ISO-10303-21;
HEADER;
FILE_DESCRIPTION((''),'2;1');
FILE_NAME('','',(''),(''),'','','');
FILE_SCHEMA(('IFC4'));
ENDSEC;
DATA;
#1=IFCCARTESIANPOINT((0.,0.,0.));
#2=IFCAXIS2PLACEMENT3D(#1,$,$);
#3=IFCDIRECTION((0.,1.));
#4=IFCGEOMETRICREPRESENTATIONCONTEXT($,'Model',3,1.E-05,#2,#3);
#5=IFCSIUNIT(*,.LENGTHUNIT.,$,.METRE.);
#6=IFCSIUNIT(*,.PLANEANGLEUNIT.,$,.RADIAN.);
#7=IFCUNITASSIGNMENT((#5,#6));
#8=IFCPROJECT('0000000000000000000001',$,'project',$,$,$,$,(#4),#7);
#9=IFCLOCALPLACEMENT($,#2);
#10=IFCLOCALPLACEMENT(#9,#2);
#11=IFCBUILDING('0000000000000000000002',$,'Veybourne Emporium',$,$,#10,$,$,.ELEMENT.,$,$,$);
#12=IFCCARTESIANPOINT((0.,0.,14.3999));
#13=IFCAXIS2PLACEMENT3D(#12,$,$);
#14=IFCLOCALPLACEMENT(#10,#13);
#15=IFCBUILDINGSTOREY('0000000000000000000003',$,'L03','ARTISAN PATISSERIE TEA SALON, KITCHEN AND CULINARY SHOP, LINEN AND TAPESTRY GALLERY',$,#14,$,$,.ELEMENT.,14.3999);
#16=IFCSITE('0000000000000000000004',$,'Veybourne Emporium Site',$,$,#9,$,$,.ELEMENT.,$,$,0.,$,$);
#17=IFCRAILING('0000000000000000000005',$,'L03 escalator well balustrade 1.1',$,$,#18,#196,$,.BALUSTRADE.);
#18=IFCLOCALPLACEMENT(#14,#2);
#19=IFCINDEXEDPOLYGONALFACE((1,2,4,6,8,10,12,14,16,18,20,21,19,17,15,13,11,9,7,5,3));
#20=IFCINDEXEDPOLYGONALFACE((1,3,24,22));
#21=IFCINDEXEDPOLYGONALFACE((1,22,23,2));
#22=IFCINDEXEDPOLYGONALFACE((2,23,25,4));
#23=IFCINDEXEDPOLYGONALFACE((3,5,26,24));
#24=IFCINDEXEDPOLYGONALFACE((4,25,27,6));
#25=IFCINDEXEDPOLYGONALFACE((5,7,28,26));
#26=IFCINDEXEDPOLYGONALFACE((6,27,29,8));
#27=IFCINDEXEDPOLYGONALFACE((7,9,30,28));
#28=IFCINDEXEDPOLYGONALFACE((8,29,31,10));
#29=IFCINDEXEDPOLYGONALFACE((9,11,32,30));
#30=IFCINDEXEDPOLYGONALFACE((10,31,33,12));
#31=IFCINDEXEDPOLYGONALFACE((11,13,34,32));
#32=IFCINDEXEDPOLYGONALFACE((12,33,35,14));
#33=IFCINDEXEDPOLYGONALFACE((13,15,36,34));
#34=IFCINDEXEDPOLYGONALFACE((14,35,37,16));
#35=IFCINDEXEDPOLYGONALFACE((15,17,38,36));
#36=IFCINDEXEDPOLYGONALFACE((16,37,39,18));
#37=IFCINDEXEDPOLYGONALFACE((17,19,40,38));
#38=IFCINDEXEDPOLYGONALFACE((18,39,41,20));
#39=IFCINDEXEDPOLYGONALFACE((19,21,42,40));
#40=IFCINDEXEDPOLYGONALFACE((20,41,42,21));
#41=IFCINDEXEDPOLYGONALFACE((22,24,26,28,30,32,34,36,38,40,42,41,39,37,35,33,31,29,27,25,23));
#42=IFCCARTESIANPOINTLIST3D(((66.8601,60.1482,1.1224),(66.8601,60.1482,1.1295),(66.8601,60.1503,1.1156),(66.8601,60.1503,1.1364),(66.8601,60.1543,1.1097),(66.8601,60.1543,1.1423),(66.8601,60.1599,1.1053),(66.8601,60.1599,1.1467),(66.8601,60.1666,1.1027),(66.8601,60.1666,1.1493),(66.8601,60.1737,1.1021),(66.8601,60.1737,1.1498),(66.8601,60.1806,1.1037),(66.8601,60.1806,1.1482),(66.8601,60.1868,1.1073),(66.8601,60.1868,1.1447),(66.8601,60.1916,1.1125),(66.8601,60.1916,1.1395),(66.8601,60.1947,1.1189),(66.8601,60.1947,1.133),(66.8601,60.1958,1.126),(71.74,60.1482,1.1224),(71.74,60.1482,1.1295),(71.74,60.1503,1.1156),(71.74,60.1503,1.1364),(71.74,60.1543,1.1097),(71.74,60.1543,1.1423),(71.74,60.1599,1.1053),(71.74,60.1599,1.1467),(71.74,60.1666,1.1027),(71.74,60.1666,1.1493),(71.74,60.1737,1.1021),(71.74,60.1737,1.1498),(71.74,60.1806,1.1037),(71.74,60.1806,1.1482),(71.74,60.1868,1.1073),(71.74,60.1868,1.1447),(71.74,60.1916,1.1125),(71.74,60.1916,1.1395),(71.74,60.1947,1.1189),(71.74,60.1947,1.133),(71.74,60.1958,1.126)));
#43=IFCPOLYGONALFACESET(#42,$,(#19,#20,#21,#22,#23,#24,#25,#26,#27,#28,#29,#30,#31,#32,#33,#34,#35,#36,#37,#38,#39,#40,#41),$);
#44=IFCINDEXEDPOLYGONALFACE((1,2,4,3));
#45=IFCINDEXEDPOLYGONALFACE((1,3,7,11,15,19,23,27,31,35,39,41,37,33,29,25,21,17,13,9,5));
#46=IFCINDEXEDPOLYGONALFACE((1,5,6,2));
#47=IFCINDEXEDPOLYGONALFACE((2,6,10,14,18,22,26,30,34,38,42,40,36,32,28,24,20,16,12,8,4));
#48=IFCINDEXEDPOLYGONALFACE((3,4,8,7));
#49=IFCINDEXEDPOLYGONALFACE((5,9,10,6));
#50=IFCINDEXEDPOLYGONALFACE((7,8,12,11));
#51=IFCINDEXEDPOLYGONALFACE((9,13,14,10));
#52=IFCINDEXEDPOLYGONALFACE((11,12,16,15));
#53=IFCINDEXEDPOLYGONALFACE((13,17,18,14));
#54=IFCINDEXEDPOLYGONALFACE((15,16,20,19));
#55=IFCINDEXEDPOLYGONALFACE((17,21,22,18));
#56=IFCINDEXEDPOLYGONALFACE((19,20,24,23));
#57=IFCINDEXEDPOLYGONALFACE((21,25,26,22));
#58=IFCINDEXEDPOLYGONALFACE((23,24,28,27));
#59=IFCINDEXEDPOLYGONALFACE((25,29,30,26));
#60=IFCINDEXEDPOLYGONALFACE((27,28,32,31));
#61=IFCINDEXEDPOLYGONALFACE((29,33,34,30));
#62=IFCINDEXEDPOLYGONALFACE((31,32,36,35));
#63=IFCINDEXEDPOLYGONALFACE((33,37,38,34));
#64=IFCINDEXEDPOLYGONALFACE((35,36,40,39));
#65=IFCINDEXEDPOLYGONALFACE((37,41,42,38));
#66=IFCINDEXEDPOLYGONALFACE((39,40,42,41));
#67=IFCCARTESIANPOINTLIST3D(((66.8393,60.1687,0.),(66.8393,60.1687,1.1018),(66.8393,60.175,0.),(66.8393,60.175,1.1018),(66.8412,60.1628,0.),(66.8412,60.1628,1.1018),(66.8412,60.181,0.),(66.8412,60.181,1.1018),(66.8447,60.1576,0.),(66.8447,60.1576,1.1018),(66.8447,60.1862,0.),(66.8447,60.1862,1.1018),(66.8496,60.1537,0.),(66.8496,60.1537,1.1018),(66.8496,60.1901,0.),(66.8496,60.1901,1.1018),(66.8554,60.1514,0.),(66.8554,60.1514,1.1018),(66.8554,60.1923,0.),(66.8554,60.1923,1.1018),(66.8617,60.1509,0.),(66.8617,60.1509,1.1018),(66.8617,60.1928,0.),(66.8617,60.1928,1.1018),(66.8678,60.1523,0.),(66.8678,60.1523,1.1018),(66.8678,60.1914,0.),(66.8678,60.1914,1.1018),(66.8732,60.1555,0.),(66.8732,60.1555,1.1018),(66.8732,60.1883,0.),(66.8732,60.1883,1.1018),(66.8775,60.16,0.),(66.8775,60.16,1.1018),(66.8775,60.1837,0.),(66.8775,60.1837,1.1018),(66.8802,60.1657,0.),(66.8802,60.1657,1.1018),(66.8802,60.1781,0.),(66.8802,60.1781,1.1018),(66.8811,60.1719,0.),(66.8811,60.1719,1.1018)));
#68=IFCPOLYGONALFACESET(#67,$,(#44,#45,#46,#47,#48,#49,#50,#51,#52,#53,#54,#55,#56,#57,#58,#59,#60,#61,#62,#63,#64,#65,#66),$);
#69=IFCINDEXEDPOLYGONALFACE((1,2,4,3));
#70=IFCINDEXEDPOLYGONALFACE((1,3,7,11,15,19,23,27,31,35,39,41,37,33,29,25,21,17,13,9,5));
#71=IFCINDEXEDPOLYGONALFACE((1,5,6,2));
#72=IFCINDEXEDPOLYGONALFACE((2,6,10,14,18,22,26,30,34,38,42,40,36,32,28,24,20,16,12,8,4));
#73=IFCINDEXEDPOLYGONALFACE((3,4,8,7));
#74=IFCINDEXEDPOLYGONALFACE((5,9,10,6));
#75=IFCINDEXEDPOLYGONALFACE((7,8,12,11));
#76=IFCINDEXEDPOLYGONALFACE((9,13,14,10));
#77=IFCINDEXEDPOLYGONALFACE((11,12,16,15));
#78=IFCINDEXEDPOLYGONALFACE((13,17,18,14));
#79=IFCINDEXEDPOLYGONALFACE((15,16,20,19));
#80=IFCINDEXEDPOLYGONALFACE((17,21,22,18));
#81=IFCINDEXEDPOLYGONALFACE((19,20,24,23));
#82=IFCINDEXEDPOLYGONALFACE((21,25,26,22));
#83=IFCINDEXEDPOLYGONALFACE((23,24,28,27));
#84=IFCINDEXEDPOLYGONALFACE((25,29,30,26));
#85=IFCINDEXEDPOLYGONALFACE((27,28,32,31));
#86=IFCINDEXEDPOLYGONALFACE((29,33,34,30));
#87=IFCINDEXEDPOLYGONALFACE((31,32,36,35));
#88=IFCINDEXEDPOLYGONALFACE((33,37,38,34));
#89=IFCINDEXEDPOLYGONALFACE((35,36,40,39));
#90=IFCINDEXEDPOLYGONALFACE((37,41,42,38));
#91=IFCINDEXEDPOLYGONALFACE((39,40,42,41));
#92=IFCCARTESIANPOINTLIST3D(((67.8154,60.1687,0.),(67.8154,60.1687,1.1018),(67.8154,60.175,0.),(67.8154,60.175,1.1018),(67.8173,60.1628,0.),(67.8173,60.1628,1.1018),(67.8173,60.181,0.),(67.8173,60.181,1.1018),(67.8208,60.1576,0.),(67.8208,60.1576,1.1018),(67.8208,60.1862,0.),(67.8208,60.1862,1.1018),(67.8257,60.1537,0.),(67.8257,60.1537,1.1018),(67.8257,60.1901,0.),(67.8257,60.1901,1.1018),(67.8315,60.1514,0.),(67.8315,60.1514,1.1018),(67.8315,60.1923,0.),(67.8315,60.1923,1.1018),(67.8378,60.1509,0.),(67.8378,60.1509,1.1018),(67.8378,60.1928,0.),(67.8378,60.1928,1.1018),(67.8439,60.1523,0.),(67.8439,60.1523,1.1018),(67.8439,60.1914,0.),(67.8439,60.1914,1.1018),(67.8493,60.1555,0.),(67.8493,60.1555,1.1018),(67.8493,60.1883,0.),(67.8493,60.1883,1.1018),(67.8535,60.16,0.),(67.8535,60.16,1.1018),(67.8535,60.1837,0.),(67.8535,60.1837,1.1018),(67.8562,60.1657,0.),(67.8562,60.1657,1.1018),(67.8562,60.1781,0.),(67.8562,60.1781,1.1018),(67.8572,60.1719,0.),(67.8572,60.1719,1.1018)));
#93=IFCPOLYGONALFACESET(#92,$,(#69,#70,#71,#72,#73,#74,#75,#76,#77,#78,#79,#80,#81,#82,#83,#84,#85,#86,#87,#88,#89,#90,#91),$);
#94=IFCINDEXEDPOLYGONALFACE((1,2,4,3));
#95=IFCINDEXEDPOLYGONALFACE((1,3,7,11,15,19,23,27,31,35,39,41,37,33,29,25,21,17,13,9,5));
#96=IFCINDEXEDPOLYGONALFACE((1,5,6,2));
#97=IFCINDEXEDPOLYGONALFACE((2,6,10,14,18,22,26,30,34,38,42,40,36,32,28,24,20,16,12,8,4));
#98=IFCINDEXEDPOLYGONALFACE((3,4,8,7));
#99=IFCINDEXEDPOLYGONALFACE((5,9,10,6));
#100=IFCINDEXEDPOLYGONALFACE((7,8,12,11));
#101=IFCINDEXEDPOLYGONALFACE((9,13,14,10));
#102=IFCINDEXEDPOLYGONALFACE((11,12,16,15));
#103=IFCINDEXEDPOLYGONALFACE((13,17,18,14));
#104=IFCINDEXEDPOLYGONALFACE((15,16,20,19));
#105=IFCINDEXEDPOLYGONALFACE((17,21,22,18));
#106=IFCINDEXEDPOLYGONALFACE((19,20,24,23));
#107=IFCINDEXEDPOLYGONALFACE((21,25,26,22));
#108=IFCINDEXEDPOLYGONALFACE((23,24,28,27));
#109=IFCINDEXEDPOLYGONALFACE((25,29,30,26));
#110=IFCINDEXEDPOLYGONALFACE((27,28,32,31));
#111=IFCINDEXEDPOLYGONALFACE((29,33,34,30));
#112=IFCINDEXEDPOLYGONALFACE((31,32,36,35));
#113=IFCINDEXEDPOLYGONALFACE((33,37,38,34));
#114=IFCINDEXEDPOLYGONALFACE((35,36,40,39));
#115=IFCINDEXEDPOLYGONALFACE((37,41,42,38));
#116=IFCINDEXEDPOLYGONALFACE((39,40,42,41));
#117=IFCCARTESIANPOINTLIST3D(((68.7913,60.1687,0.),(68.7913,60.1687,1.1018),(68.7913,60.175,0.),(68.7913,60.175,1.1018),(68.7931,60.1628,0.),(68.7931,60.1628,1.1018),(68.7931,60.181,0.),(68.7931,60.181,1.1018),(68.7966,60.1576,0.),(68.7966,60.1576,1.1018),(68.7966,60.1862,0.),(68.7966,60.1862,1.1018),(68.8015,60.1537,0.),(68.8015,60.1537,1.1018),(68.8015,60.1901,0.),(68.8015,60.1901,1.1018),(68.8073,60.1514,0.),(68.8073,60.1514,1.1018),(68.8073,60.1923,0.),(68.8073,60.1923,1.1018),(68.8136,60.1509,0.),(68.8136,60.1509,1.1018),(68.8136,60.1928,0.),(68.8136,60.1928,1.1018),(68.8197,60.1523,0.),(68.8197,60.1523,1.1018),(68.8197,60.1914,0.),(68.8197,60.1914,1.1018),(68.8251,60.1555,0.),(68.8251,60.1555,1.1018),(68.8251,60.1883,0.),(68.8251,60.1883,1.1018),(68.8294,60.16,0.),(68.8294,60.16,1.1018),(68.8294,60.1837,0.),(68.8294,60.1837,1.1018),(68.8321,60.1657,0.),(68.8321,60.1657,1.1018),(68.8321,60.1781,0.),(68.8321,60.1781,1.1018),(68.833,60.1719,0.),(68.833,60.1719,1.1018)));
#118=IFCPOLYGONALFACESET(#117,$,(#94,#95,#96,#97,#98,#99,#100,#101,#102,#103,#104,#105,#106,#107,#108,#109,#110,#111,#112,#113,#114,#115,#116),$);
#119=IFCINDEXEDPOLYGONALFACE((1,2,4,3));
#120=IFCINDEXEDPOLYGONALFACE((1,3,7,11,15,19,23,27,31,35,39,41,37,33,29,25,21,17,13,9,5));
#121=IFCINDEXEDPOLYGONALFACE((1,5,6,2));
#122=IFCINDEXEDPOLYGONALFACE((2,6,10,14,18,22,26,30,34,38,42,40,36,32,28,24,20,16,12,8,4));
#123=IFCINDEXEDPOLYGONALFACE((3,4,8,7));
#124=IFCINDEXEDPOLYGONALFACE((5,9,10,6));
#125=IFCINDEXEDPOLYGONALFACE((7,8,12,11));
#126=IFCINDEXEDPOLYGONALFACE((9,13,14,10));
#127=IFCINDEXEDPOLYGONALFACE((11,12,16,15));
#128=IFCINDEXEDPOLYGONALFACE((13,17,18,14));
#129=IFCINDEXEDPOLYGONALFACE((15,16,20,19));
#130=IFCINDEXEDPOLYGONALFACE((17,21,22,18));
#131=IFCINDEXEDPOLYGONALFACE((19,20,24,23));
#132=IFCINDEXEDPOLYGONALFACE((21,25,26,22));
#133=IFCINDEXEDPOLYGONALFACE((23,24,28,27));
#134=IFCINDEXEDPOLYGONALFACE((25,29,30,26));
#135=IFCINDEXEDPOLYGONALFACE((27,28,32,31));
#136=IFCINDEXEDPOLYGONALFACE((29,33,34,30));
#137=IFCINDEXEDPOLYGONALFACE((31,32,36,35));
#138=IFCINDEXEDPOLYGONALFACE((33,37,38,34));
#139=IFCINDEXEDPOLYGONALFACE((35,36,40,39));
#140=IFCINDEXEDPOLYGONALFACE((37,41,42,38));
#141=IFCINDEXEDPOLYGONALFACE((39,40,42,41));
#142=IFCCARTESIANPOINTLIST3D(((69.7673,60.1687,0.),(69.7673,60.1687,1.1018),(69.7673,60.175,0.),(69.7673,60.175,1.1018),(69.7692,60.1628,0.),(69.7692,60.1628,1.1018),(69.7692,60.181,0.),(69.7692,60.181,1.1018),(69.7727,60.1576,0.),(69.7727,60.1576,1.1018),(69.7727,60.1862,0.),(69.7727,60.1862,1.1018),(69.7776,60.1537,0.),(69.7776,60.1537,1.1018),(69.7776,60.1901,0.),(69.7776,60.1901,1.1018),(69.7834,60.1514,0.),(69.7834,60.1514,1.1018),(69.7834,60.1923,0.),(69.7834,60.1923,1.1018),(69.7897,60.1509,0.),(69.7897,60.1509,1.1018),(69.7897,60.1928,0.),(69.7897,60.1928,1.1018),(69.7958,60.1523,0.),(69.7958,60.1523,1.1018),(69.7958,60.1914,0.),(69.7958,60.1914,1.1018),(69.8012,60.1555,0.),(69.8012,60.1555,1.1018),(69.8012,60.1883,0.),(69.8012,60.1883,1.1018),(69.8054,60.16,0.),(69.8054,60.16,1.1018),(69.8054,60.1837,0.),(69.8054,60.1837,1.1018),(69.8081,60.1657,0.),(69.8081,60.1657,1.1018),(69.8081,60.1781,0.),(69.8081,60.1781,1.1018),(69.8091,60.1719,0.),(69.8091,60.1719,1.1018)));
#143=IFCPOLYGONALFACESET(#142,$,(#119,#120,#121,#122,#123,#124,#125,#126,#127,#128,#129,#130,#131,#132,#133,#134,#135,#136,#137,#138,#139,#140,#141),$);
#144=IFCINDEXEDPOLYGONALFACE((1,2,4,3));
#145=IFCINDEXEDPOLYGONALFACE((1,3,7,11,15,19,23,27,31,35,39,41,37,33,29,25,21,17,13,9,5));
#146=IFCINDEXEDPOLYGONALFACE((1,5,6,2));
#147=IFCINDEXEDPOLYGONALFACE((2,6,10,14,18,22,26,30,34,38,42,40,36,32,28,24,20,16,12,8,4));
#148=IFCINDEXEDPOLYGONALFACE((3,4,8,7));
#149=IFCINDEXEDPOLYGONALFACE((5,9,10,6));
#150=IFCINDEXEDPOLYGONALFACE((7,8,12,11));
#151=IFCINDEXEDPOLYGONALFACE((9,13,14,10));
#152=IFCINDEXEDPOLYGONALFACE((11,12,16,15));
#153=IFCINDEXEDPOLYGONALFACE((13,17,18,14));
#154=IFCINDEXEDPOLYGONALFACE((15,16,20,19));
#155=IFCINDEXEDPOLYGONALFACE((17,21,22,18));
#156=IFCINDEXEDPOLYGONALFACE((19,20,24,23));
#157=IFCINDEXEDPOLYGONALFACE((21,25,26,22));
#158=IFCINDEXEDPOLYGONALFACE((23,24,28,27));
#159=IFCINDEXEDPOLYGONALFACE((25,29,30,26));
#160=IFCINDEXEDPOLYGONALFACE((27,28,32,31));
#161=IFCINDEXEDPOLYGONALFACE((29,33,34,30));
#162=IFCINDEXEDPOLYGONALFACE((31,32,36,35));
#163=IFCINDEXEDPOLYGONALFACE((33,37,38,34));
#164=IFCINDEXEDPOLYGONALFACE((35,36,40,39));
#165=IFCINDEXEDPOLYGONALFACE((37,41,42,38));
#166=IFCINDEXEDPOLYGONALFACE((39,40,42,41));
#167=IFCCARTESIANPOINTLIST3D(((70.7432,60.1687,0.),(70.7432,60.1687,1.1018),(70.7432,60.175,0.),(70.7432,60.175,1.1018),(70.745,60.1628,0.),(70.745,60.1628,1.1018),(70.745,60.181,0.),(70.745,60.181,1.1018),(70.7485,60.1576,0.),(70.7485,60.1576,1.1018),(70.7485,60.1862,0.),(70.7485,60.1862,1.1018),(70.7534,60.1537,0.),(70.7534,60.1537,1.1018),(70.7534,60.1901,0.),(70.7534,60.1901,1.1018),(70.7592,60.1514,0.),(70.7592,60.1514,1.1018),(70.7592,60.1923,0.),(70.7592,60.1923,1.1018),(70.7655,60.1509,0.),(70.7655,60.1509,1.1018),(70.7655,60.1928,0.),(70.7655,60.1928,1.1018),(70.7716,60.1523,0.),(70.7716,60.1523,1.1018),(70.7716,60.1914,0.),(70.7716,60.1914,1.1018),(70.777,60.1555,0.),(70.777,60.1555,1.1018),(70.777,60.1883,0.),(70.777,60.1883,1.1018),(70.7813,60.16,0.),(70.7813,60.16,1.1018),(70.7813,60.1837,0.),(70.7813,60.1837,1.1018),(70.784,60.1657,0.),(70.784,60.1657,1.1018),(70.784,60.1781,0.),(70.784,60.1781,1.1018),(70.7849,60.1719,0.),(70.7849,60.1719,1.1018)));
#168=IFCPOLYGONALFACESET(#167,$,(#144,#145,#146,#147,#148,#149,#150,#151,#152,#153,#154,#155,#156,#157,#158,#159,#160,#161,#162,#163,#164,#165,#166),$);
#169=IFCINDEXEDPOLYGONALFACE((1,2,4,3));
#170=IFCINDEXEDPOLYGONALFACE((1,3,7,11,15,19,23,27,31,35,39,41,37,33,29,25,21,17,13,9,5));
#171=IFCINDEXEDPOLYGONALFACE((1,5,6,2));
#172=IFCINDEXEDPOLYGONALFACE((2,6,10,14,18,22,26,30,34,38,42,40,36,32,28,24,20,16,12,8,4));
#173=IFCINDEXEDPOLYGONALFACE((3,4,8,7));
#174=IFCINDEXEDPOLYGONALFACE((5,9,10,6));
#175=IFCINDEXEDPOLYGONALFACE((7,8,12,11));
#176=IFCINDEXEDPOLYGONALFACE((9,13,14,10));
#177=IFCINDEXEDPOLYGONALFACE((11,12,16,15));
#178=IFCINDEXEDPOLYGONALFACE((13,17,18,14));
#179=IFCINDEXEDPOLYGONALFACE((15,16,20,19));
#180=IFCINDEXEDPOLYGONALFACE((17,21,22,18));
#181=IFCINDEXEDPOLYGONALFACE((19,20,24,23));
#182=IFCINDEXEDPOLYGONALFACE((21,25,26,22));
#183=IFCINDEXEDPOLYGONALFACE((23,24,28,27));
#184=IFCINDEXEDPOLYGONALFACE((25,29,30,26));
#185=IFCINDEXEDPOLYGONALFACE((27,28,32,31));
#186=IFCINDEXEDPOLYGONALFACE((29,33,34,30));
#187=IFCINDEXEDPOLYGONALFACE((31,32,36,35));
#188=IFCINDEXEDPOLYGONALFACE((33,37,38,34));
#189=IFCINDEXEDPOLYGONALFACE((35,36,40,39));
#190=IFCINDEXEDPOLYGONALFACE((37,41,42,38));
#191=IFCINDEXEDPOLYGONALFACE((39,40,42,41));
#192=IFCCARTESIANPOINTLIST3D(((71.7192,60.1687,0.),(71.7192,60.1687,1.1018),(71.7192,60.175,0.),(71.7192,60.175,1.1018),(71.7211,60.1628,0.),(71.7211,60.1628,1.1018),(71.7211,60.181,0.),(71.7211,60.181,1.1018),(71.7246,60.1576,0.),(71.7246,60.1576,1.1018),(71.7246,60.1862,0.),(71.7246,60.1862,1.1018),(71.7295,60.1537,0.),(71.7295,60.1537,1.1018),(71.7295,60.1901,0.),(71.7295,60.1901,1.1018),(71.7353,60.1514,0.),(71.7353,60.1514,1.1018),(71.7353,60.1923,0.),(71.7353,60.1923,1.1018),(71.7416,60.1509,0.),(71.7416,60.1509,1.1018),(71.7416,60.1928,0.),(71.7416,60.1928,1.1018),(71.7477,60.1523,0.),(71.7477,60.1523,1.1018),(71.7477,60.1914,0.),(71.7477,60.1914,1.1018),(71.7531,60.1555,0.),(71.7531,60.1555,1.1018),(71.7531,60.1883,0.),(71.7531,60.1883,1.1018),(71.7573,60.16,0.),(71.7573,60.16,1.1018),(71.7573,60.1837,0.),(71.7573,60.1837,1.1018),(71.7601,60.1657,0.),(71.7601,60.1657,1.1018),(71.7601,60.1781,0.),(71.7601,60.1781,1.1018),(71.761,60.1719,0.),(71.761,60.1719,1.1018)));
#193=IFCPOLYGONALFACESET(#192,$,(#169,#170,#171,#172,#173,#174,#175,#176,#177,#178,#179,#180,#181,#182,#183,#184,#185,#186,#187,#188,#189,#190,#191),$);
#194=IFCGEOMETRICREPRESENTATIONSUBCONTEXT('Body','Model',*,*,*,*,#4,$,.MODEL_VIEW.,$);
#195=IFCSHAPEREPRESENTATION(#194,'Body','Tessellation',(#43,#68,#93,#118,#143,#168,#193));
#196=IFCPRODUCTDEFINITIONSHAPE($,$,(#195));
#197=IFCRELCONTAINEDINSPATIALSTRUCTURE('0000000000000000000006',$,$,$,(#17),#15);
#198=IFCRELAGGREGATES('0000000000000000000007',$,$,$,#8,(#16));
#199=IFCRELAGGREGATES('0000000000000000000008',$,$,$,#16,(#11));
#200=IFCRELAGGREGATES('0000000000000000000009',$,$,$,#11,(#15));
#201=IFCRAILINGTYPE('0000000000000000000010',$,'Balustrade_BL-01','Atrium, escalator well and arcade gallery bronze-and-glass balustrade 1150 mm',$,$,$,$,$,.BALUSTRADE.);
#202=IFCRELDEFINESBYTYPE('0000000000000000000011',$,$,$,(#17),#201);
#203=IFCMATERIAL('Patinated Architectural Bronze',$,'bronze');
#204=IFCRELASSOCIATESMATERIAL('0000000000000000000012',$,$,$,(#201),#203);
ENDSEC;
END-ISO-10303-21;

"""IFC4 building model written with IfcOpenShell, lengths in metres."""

from ifc_helpers import new_model, si_unit, direction, frame, origin, origin_2d, place, context, subcontext, project, spatial, circle, extrude, material, type_object, element, save


model = new_model("IFC4")

# Units and contexts
model_context = context("Model", 3, precision=1e-05, world=origin(), true_north=direction((0.0, 1.0)))
body_context = subcontext(model_context, "Body", "Model", "MODEL_VIEW")
ifc_project = project(units=[si_unit("LENGTHUNIT", "METRE"), si_unit("PLANEANGLEUNIT", "RADIAN")], contexts=[model_context])

# Site, building, storey
site_placement = place(None, origin())
site = spatial("IfcSite", under=ifc_project, at=site_placement, Name="Veybourne Emporium Site", CompositionType="ELEMENT", RefElevation=0.0)
building_placement = place(site_placement, origin())
building = spatial("IfcBuilding", under=site, at=building_placement, Name="Veybourne Emporium", CompositionType="ELEMENT")
storey_placement = place(building_placement, frame((0.0, 0.0, 14.3999)))
storey = spatial("IfcBuildingStorey", under=building, at=storey_placement, Name="L03", Description="ARTISAN PATISSERIE TEA SALON, KITCHEN AND CULINARY SHOP, LINEN AND TAPESTRY GALLERY", CompositionType="ELEMENT", Elevation=14.3999)

# Railing
ifc_material_1 = material(Name="Patinated Architectural Bronze", Category="bronze")
railing_type = type_object("IfcRailingType", Name="Balustrade_BL-01", Description="Atrium, escalator well and arcade gallery bronze-and-glass balustrade 1150 mm", PredefinedType="BALUSTRADE", material=ifc_material_1)
railing_1_placement = place(storey_placement, frame((66.8601, 60.1719, 0.0)))
element("IfcRailing", 1, at=railing_1_placement, inside=storey, type_object=railing_type, Name="L03 escalator well balustrade 1.1", PredefinedType="BALUSTRADE", context=body_context, shape_type="SweptSolid", body=[
    extrude(circle(Radius=0.0239, at=origin_2d()), frame((0.0, 0.0, 1.126), z_axis=(1.0, 0.0, 0.0), x_axis=(0.0, 1.0, 0.0)), (0.0, 0.0, 1.0), 4.8799),
    extrude(circle(Radius=0.021, at=origin_2d()), origin(), (0.0, 0.0, 1.0), 1.1018),
    extrude(circle(Radius=0.021, at=origin_2d()), frame((0.9761, 0.0, 0.0)), (0.0, 0.0, 1.0), 1.1018),
    extrude(circle(Radius=0.021, at=origin_2d()), frame((1.9519, 0.0, 0.0)), (0.0, 0.0, 1.0), 1.1018),
    extrude(circle(Radius=0.021, at=origin_2d()), frame((2.928, 0.0, 0.0)), (0.0, 0.0, 1.0), 1.1018),
    extrude(circle(Radius=0.021, at=origin_2d()), frame((3.9038, 0.0, 0.0)), (0.0, 0.0, 1.0), 1.1018),
    extrude(circle(Radius=0.021, at=origin_2d()), frame((4.8799, 0.0, 0.0)), (0.0, 0.0, 1.0), 1.1018),
])

save(model, "model.ifc")
